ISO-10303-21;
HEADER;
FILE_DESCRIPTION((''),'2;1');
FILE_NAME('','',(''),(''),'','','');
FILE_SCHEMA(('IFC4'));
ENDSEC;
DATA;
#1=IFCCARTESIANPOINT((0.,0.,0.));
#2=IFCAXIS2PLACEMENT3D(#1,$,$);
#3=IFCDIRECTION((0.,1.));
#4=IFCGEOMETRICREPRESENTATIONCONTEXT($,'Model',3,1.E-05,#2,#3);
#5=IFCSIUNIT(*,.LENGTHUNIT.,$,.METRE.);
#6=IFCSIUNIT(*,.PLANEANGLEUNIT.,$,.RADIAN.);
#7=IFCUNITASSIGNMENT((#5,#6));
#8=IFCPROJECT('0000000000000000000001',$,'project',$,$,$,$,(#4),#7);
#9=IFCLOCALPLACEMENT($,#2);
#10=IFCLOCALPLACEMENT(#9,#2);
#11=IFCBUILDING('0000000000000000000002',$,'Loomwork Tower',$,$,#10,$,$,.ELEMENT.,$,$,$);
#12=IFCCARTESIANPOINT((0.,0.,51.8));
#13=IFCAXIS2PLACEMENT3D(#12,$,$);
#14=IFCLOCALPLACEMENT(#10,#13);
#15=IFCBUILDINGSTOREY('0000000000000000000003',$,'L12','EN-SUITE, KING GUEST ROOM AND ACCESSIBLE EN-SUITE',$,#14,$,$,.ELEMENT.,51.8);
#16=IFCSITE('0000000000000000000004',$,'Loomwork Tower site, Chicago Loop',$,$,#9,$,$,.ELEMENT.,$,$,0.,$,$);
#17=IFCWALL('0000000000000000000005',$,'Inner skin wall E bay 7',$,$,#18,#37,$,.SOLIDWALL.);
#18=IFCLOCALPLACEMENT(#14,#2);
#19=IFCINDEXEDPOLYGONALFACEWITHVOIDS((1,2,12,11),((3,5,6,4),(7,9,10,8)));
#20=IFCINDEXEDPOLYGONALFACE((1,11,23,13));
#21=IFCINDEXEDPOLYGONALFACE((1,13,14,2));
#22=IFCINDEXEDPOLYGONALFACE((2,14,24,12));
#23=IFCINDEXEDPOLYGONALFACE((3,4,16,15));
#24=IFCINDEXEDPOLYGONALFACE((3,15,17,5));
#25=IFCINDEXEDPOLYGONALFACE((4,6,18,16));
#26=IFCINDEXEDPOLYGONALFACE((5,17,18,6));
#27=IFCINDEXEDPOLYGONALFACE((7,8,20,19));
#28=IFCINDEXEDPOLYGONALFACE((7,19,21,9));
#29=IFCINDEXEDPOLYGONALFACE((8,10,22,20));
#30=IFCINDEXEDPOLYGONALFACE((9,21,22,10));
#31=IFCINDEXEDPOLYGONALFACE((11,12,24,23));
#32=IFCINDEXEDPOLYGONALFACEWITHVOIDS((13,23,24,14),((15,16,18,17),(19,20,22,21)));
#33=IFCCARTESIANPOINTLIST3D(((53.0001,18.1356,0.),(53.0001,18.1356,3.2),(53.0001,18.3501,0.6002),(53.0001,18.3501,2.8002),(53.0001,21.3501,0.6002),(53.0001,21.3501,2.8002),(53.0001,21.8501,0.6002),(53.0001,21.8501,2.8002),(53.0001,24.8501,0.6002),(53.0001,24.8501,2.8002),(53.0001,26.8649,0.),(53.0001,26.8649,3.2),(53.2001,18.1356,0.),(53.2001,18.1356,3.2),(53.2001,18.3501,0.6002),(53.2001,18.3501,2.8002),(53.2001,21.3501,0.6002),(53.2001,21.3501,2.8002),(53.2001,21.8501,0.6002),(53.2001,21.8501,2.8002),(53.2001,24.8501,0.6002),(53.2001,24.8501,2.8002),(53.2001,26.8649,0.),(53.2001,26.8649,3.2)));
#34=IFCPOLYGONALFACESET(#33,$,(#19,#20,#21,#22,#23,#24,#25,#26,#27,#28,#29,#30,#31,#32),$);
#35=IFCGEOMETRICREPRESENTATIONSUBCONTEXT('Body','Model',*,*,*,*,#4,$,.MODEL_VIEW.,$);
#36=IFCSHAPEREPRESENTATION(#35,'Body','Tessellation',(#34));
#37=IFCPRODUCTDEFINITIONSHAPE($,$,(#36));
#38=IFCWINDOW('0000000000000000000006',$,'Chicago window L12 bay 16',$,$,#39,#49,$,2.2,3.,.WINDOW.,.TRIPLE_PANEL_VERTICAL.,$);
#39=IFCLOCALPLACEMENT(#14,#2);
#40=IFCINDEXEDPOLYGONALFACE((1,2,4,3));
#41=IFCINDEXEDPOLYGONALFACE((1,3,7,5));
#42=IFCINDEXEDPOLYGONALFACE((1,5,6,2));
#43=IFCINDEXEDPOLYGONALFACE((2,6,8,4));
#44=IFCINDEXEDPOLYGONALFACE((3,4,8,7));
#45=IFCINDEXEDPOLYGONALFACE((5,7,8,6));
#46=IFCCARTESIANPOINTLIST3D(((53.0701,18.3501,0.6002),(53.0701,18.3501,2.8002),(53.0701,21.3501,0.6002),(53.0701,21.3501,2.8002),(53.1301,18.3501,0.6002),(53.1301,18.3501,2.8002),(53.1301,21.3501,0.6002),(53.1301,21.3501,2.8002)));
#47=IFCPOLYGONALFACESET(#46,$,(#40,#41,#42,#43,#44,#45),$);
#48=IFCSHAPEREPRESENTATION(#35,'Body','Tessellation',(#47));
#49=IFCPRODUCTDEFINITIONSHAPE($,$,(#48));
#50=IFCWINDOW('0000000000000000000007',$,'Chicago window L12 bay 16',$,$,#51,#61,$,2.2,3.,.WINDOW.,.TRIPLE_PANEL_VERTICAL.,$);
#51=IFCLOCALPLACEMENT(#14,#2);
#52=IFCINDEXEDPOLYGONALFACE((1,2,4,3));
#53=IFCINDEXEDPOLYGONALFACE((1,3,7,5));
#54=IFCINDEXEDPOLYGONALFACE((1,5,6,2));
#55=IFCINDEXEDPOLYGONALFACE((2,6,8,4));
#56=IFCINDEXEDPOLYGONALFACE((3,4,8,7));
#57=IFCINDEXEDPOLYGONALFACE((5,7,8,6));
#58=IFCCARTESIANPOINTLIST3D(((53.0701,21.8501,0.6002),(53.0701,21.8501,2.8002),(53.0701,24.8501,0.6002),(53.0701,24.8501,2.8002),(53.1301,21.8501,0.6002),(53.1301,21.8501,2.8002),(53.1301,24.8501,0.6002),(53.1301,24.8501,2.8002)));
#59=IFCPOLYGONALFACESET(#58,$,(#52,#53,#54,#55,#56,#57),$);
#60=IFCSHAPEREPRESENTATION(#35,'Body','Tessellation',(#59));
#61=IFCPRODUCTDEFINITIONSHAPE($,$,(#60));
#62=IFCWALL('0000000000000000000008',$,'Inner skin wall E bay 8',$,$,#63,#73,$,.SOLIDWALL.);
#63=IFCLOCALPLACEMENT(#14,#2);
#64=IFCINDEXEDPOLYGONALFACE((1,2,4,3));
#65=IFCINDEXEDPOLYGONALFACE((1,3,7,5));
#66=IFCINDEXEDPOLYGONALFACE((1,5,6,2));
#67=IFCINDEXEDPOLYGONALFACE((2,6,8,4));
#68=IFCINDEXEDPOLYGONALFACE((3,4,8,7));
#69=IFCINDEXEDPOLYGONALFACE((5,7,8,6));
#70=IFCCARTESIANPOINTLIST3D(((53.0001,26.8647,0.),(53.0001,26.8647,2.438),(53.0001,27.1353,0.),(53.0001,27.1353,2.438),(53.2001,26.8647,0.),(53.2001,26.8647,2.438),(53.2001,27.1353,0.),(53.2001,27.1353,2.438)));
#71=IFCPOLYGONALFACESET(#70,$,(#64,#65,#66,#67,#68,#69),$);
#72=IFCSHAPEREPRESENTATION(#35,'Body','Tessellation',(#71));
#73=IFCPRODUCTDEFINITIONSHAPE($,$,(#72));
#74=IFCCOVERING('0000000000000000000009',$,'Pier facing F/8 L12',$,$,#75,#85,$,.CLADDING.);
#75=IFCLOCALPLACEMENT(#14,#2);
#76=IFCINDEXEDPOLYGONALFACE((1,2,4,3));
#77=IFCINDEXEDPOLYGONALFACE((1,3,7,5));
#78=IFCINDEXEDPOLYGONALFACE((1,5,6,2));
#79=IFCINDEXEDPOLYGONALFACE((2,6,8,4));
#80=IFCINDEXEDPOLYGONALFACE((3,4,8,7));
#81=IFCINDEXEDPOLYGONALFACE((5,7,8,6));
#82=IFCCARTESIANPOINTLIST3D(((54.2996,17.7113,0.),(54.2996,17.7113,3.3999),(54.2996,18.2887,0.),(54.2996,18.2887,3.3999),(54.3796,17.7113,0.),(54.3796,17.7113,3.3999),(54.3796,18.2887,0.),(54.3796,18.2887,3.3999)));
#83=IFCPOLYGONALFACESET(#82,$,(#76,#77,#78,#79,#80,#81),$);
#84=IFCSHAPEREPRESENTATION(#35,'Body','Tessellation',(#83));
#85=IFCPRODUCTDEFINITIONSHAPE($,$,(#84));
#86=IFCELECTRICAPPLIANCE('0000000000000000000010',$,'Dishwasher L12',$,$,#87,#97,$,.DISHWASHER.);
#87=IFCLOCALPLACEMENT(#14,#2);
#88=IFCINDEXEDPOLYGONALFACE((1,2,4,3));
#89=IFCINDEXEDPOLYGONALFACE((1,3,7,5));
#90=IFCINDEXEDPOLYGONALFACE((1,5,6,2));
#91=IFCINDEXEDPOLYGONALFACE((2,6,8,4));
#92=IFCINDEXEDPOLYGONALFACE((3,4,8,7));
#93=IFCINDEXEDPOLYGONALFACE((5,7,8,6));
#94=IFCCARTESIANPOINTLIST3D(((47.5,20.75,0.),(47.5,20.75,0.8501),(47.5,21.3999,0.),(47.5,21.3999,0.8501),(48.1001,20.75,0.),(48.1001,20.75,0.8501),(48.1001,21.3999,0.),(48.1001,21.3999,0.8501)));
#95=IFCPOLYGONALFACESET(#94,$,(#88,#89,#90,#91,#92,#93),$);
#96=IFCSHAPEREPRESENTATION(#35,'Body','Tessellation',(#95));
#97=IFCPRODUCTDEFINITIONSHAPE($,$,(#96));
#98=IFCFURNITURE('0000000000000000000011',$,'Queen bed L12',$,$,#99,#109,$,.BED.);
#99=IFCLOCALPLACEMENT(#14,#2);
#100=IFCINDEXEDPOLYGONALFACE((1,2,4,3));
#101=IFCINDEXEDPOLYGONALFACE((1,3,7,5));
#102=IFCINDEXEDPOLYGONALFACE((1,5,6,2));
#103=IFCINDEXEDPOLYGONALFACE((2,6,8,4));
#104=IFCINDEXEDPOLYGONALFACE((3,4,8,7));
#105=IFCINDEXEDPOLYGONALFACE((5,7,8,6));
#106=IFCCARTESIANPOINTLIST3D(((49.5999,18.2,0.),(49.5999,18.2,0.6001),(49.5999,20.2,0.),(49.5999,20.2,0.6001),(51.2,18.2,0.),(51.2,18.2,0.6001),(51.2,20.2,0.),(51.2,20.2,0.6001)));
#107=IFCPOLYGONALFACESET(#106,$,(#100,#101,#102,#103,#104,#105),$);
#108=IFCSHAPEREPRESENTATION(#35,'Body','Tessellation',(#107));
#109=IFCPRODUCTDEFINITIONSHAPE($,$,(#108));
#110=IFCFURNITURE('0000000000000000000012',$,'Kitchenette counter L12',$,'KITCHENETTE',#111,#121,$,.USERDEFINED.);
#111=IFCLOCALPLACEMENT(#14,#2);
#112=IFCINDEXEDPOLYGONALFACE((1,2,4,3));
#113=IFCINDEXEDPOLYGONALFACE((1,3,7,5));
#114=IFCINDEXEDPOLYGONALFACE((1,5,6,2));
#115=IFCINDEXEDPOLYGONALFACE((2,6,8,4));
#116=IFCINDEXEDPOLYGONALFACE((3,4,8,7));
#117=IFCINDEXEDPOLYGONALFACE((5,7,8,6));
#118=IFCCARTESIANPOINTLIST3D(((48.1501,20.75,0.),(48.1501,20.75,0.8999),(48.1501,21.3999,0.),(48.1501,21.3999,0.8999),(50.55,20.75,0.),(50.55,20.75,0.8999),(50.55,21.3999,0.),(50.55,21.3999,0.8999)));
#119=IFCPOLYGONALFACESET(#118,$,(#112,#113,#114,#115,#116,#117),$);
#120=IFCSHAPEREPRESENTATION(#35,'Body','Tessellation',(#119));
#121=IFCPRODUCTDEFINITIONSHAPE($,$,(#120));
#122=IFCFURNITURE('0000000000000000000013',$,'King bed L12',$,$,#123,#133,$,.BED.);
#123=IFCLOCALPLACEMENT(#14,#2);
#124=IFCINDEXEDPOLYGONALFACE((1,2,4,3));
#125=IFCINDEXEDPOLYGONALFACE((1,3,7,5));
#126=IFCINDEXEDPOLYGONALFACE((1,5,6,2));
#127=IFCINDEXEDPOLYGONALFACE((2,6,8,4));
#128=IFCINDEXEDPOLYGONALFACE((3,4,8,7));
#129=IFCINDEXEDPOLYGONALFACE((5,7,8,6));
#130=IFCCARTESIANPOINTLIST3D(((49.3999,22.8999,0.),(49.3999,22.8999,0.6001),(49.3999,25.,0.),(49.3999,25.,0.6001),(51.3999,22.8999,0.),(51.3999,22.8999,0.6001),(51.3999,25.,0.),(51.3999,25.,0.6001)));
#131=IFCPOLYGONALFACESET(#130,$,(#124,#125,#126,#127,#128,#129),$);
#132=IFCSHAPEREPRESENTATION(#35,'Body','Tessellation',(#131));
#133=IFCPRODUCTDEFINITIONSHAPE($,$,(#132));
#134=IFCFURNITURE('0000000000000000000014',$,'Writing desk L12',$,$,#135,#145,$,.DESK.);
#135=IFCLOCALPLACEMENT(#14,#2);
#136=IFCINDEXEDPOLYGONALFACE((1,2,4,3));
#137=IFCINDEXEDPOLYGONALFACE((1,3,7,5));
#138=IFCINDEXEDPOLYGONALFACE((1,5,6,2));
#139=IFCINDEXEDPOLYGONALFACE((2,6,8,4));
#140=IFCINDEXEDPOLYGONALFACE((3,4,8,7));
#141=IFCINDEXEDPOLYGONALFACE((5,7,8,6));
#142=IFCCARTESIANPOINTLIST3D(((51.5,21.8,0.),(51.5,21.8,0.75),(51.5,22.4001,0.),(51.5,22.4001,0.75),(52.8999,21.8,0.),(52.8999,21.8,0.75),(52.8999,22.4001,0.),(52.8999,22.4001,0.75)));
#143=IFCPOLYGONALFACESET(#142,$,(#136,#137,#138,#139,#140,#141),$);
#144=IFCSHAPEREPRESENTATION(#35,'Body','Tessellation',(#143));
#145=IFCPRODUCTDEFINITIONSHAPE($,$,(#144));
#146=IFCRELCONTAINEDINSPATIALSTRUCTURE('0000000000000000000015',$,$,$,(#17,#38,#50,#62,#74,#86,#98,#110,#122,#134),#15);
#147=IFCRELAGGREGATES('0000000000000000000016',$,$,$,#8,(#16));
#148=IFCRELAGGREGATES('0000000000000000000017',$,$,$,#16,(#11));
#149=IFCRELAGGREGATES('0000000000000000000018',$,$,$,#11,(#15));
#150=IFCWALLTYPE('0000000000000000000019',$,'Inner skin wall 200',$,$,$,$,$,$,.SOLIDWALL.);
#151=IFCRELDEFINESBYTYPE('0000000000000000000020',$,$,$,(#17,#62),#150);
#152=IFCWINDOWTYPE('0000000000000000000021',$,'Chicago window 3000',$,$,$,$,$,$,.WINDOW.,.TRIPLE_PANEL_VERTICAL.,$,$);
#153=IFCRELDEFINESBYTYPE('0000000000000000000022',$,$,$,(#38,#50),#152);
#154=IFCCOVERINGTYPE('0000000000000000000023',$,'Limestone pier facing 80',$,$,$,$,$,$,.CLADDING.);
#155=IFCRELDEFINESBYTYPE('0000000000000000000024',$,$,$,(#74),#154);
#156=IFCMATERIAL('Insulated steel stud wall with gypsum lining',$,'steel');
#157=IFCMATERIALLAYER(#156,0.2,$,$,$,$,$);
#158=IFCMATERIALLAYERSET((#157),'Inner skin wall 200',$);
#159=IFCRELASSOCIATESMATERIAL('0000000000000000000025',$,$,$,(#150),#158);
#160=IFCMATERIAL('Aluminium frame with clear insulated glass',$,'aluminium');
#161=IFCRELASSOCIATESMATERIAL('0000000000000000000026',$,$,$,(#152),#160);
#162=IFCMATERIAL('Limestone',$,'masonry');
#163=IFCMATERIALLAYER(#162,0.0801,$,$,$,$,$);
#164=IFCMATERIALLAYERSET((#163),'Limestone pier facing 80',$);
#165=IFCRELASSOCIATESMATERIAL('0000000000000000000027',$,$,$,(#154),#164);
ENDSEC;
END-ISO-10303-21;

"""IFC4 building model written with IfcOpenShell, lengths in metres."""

from ifc_helpers import new_model, si_unit, direction, frame, frame_2d, origin, origin_2d, place, context, subcontext, project, spatial, rectangle, extrude, material, layer, layer_set, type_object, element, fill, save


model = new_model("IFC4")

# Units and contexts
model_context = context("Model", 3, precision=1e-05, world=origin(), true_north=direction((0.0, 1.0)))
body_context = subcontext(model_context, "Body", "Model", "MODEL_VIEW")
ifc_project = project(units=[si_unit("LENGTHUNIT", "METRE"), si_unit("PLANEANGLEUNIT", "RADIAN")], contexts=[model_context])

# Site, building, storey
site_placement = place(None, origin())
site = spatial("IfcSite", under=ifc_project, at=site_placement, Name="Loomwork Tower site, Chicago Loop", CompositionType="ELEMENT", RefElevation=0.0)
building_placement = place(site_placement, origin())
building = spatial("IfcBuilding", under=site, at=building_placement, Name="Loomwork Tower", CompositionType="ELEMENT")
storey_placement = place(building_placement, frame((0.0, 0.0, 51.8)))
storey = spatial("IfcBuildingStorey", under=building, at=storey_placement, Name="L12", Description="EN-SUITE, KING GUEST ROOM AND ACCESSIBLE EN-SUITE", CompositionType="ELEMENT", Elevation=51.8)

# Wall, openings, windows
ifc_material_1 = material(Name="Insulated steel stud wall with gypsum lining", Category="steel")
ifc_layer_1 = layer(ifc_material_1, 0.2)
ifc_layer_set_1 = layer_set([ifc_layer_1], Name="Inner skin wall 200")
wall_type_1 = type_object("IfcWallType", Name="Inner skin wall 200", PredefinedType="SOLIDWALL", material=ifc_layer_set_1)
wall_1_placement = place(storey_placement, frame((53.1001, 18.1355, 0.0), z_axis=(0.0, 0.0, 1.0), x_axis=(0.0, 1.0, 0.0)))
wall_1 = element("IfcWall", 1, at=wall_1_placement, inside=storey, type_object=wall_type_1, Name="Inner skin wall E bay 7", PredefinedType="SOLIDWALL", context=body_context, shape_type="SweptSolid", body=[
    extrude(rectangle(XDim=8.7292, YDim=0.2, at=frame_2d((4.3647, 0.0))), origin(), (0.0, 0.0, 1.0), 3.2),
])
opening_1_placement = place(wall_1_placement, frame((0.2146, 0.0, 0.6001)))
opening_1 = element("IfcOpeningElement", 2, at=opening_1_placement, cuts=wall_1, PredefinedType="OPENING", context=body_context, shape_type="SweptSolid", body=[
    extrude(rectangle(XDim=3.0, YDim=2.2, at=frame_2d((1.5, 1.1001))), frame((0.0, 0.1099, 0.0), z_axis=(0.0, -1.0, 0.0), x_axis=(1.0, 0.0, 0.0)), (0.0, 0.0, 1.0), 0.22),
])
opening_2_placement = place(wall_1_placement, frame((3.7146, 0.0, 0.6001)))
opening_2 = element("IfcOpeningElement", 3, at=opening_2_placement, cuts=wall_1, PredefinedType="OPENING", context=body_context, shape_type="SweptSolid", body=[
    extrude(rectangle(XDim=3.0, YDim=2.2, at=frame_2d((1.5, 1.1001))), frame((0.0, 0.1099, 0.0), z_axis=(0.0, -1.0, 0.0), x_axis=(1.0, 0.0, 0.0)), (0.0, 0.0, 1.0), 0.22),
])
ifc_material_2 = material(Name="Aluminium frame with clear insulated glass", Category="aluminium")
window_type = type_object("IfcWindowType", Name="Chicago window 3000", PartitioningType="TRIPLE_PANEL_VERTICAL", PredefinedType="WINDOW", material=ifc_material_2)
window_1_placement = place(opening_1_placement, origin())
window_1 = element("IfcWindow", 4, at=window_1_placement, inside=storey, type_object=window_type, Name="Chicago window L12 bay 16", OverallHeight=2.2, OverallWidth=3.0, PartitioningType="TRIPLE_PANEL_VERTICAL", PredefinedType="WINDOW", context=body_context, shape_type="SweptSolid", body=[
    extrude(rectangle(XDim=3.0, YDim=2.2, at=frame_2d((1.5, 1.1001))), frame((0.0, 0.03, 0.0), z_axis=(0.0, -1.0, 0.0), x_axis=(1.0, 0.0, 0.0)), (0.0, 0.0, 1.0), 0.0601),
])
fill(opening_1, window_1)
window_2_placement = place(opening_2_placement, origin())
window_2 = element("IfcWindow", 5, at=window_2_placement, inside=storey, type_object=window_type, Name="Chicago window L12 bay 16", OverallHeight=2.2, OverallWidth=3.0, PartitioningType="TRIPLE_PANEL_VERTICAL", PredefinedType="WINDOW", context=body_context, shape_type="SweptSolid", body=[
    extrude(rectangle(XDim=3.0, YDim=2.2, at=frame_2d((1.5, 1.1001))), frame((0.0, 0.03, 0.0), z_axis=(0.0, -1.0, 0.0), x_axis=(1.0, 0.0, 0.0)), (0.0, 0.0, 1.0), 0.0601),
])
fill(opening_2, window_2)

# Wall
wall_2_placement = place(storey_placement, frame((53.1001, 26.8647, 0.0), z_axis=(0.0, 0.0, 1.0), x_axis=(0.0, 1.0, 0.0)))
element("IfcWall", 6, at=wall_2_placement, inside=storey, type_object=wall_type_1, Name="Inner skin wall E bay 8", PredefinedType="SOLIDWALL", context=body_context, shape_type="SweptSolid", body=[
    extrude(rectangle(XDim=0.2705, YDim=0.2, at=frame_2d((0.1353, 0.0))), origin(), (0.0, 0.0, 1.0), 2.438),
])

# Covering
ifc_material_3 = material(Name="Limestone", Category="masonry")
ifc_layer_2 = layer(ifc_material_3, 0.0801)
ifc_layer_set_2 = layer_set([ifc_layer_2], Name="Limestone pier facing 80")
covering_type = type_object("IfcCoveringType", Name="Limestone pier facing 80", PredefinedType="CLADDING", material=ifc_layer_set_2)
covering_placement = place(storey_placement, frame((54.3396, 18.0, 0.0), z_axis=(0.0, 0.0, 1.0), x_axis=(1.0, 0.0, 0.0)))
element("IfcCovering", 7, at=covering_placement, inside=storey, type_object=covering_type, Name="Pier facing F/8 L12", PredefinedType="CLADDING", context=body_context, shape_type="SweptSolid", body=[
    extrude(rectangle(XDim=0.0801, YDim=0.5774, at=origin_2d()), origin(), (0.0, 0.0, 1.0), 3.3999),
])

# Electric appliance
electric_appliance_placement = place(storey_placement, frame((47.8, 21.075, 0.0), z_axis=(0.0, 0.0, 1.0), x_axis=(1.0, 0.0, 0.0)))
element("IfcElectricAppliance", 8, at=electric_appliance_placement, inside=storey, Name="Dishwasher L12", PredefinedType="DISHWASHER", context=body_context, shape_type="SweptSolid", body=[
    extrude(rectangle(XDim=0.6001, YDim=0.6499, at=origin_2d()), origin(), (0.0, 0.0, 1.0), 0.8501),
])

# Furniture
furniture_1_placement = place(storey_placement, frame((50.3999, 19.2, 0.0), z_axis=(0.0, 0.0, 1.0), x_axis=(1.0, 0.0, 0.0)))
element("IfcFurniture", 9, at=furniture_1_placement, inside=storey, Name="Queen bed L12", PredefinedType="BED", context=body_context, shape_type="SweptSolid", body=[
    extrude(rectangle(XDim=1.6001, YDim=2.0, at=origin_2d()), origin(), (0.0, 0.0, 1.0), 0.6001),
])
furniture_2_placement = place(storey_placement, frame((49.3501, 21.075, 0.0), z_axis=(0.0, 0.0, 1.0), x_axis=(1.0, 0.0, 0.0)))
element("IfcFurniture", 10, at=furniture_2_placement, inside=storey, Name="Kitchenette counter L12", ObjectType="KITCHENETTE", PredefinedType="USERDEFINED", context=body_context, shape_type="SweptSolid", body=[
    extrude(rectangle(XDim=2.3999, YDim=0.6499, at=origin_2d()), origin(), (0.0, 0.0, 1.0), 0.8999),
])
furniture_3_placement = place(storey_placement, frame((50.3999, 23.95, 0.0), z_axis=(0.0, 0.0, 1.0), x_axis=(1.0, 0.0, 0.0)))
element("IfcFurniture", 11, at=furniture_3_placement, inside=storey, Name="King bed L12", PredefinedType="BED", context=body_context, shape_type="SweptSolid", body=[
    extrude(rectangle(XDim=2.0, YDim=2.1001, at=origin_2d()), origin(), (0.0, 0.0, 1.0), 0.6001),
])
furniture_4_placement = place(storey_placement, frame((52.2, 22.1001, 0.0), z_axis=(0.0, 0.0, 1.0), x_axis=(1.0, 0.0, 0.0)))
element("IfcFurniture", 12, at=furniture_4_placement, inside=storey, Name="Writing desk L12", PredefinedType="DESK", context=body_context, shape_type="SweptSolid", body=[
    extrude(rectangle(XDim=1.3999, YDim=0.6001, at=origin_2d()), origin(), (0.0, 0.0, 1.0), 0.75),
])

save(model, "model.ifc")
